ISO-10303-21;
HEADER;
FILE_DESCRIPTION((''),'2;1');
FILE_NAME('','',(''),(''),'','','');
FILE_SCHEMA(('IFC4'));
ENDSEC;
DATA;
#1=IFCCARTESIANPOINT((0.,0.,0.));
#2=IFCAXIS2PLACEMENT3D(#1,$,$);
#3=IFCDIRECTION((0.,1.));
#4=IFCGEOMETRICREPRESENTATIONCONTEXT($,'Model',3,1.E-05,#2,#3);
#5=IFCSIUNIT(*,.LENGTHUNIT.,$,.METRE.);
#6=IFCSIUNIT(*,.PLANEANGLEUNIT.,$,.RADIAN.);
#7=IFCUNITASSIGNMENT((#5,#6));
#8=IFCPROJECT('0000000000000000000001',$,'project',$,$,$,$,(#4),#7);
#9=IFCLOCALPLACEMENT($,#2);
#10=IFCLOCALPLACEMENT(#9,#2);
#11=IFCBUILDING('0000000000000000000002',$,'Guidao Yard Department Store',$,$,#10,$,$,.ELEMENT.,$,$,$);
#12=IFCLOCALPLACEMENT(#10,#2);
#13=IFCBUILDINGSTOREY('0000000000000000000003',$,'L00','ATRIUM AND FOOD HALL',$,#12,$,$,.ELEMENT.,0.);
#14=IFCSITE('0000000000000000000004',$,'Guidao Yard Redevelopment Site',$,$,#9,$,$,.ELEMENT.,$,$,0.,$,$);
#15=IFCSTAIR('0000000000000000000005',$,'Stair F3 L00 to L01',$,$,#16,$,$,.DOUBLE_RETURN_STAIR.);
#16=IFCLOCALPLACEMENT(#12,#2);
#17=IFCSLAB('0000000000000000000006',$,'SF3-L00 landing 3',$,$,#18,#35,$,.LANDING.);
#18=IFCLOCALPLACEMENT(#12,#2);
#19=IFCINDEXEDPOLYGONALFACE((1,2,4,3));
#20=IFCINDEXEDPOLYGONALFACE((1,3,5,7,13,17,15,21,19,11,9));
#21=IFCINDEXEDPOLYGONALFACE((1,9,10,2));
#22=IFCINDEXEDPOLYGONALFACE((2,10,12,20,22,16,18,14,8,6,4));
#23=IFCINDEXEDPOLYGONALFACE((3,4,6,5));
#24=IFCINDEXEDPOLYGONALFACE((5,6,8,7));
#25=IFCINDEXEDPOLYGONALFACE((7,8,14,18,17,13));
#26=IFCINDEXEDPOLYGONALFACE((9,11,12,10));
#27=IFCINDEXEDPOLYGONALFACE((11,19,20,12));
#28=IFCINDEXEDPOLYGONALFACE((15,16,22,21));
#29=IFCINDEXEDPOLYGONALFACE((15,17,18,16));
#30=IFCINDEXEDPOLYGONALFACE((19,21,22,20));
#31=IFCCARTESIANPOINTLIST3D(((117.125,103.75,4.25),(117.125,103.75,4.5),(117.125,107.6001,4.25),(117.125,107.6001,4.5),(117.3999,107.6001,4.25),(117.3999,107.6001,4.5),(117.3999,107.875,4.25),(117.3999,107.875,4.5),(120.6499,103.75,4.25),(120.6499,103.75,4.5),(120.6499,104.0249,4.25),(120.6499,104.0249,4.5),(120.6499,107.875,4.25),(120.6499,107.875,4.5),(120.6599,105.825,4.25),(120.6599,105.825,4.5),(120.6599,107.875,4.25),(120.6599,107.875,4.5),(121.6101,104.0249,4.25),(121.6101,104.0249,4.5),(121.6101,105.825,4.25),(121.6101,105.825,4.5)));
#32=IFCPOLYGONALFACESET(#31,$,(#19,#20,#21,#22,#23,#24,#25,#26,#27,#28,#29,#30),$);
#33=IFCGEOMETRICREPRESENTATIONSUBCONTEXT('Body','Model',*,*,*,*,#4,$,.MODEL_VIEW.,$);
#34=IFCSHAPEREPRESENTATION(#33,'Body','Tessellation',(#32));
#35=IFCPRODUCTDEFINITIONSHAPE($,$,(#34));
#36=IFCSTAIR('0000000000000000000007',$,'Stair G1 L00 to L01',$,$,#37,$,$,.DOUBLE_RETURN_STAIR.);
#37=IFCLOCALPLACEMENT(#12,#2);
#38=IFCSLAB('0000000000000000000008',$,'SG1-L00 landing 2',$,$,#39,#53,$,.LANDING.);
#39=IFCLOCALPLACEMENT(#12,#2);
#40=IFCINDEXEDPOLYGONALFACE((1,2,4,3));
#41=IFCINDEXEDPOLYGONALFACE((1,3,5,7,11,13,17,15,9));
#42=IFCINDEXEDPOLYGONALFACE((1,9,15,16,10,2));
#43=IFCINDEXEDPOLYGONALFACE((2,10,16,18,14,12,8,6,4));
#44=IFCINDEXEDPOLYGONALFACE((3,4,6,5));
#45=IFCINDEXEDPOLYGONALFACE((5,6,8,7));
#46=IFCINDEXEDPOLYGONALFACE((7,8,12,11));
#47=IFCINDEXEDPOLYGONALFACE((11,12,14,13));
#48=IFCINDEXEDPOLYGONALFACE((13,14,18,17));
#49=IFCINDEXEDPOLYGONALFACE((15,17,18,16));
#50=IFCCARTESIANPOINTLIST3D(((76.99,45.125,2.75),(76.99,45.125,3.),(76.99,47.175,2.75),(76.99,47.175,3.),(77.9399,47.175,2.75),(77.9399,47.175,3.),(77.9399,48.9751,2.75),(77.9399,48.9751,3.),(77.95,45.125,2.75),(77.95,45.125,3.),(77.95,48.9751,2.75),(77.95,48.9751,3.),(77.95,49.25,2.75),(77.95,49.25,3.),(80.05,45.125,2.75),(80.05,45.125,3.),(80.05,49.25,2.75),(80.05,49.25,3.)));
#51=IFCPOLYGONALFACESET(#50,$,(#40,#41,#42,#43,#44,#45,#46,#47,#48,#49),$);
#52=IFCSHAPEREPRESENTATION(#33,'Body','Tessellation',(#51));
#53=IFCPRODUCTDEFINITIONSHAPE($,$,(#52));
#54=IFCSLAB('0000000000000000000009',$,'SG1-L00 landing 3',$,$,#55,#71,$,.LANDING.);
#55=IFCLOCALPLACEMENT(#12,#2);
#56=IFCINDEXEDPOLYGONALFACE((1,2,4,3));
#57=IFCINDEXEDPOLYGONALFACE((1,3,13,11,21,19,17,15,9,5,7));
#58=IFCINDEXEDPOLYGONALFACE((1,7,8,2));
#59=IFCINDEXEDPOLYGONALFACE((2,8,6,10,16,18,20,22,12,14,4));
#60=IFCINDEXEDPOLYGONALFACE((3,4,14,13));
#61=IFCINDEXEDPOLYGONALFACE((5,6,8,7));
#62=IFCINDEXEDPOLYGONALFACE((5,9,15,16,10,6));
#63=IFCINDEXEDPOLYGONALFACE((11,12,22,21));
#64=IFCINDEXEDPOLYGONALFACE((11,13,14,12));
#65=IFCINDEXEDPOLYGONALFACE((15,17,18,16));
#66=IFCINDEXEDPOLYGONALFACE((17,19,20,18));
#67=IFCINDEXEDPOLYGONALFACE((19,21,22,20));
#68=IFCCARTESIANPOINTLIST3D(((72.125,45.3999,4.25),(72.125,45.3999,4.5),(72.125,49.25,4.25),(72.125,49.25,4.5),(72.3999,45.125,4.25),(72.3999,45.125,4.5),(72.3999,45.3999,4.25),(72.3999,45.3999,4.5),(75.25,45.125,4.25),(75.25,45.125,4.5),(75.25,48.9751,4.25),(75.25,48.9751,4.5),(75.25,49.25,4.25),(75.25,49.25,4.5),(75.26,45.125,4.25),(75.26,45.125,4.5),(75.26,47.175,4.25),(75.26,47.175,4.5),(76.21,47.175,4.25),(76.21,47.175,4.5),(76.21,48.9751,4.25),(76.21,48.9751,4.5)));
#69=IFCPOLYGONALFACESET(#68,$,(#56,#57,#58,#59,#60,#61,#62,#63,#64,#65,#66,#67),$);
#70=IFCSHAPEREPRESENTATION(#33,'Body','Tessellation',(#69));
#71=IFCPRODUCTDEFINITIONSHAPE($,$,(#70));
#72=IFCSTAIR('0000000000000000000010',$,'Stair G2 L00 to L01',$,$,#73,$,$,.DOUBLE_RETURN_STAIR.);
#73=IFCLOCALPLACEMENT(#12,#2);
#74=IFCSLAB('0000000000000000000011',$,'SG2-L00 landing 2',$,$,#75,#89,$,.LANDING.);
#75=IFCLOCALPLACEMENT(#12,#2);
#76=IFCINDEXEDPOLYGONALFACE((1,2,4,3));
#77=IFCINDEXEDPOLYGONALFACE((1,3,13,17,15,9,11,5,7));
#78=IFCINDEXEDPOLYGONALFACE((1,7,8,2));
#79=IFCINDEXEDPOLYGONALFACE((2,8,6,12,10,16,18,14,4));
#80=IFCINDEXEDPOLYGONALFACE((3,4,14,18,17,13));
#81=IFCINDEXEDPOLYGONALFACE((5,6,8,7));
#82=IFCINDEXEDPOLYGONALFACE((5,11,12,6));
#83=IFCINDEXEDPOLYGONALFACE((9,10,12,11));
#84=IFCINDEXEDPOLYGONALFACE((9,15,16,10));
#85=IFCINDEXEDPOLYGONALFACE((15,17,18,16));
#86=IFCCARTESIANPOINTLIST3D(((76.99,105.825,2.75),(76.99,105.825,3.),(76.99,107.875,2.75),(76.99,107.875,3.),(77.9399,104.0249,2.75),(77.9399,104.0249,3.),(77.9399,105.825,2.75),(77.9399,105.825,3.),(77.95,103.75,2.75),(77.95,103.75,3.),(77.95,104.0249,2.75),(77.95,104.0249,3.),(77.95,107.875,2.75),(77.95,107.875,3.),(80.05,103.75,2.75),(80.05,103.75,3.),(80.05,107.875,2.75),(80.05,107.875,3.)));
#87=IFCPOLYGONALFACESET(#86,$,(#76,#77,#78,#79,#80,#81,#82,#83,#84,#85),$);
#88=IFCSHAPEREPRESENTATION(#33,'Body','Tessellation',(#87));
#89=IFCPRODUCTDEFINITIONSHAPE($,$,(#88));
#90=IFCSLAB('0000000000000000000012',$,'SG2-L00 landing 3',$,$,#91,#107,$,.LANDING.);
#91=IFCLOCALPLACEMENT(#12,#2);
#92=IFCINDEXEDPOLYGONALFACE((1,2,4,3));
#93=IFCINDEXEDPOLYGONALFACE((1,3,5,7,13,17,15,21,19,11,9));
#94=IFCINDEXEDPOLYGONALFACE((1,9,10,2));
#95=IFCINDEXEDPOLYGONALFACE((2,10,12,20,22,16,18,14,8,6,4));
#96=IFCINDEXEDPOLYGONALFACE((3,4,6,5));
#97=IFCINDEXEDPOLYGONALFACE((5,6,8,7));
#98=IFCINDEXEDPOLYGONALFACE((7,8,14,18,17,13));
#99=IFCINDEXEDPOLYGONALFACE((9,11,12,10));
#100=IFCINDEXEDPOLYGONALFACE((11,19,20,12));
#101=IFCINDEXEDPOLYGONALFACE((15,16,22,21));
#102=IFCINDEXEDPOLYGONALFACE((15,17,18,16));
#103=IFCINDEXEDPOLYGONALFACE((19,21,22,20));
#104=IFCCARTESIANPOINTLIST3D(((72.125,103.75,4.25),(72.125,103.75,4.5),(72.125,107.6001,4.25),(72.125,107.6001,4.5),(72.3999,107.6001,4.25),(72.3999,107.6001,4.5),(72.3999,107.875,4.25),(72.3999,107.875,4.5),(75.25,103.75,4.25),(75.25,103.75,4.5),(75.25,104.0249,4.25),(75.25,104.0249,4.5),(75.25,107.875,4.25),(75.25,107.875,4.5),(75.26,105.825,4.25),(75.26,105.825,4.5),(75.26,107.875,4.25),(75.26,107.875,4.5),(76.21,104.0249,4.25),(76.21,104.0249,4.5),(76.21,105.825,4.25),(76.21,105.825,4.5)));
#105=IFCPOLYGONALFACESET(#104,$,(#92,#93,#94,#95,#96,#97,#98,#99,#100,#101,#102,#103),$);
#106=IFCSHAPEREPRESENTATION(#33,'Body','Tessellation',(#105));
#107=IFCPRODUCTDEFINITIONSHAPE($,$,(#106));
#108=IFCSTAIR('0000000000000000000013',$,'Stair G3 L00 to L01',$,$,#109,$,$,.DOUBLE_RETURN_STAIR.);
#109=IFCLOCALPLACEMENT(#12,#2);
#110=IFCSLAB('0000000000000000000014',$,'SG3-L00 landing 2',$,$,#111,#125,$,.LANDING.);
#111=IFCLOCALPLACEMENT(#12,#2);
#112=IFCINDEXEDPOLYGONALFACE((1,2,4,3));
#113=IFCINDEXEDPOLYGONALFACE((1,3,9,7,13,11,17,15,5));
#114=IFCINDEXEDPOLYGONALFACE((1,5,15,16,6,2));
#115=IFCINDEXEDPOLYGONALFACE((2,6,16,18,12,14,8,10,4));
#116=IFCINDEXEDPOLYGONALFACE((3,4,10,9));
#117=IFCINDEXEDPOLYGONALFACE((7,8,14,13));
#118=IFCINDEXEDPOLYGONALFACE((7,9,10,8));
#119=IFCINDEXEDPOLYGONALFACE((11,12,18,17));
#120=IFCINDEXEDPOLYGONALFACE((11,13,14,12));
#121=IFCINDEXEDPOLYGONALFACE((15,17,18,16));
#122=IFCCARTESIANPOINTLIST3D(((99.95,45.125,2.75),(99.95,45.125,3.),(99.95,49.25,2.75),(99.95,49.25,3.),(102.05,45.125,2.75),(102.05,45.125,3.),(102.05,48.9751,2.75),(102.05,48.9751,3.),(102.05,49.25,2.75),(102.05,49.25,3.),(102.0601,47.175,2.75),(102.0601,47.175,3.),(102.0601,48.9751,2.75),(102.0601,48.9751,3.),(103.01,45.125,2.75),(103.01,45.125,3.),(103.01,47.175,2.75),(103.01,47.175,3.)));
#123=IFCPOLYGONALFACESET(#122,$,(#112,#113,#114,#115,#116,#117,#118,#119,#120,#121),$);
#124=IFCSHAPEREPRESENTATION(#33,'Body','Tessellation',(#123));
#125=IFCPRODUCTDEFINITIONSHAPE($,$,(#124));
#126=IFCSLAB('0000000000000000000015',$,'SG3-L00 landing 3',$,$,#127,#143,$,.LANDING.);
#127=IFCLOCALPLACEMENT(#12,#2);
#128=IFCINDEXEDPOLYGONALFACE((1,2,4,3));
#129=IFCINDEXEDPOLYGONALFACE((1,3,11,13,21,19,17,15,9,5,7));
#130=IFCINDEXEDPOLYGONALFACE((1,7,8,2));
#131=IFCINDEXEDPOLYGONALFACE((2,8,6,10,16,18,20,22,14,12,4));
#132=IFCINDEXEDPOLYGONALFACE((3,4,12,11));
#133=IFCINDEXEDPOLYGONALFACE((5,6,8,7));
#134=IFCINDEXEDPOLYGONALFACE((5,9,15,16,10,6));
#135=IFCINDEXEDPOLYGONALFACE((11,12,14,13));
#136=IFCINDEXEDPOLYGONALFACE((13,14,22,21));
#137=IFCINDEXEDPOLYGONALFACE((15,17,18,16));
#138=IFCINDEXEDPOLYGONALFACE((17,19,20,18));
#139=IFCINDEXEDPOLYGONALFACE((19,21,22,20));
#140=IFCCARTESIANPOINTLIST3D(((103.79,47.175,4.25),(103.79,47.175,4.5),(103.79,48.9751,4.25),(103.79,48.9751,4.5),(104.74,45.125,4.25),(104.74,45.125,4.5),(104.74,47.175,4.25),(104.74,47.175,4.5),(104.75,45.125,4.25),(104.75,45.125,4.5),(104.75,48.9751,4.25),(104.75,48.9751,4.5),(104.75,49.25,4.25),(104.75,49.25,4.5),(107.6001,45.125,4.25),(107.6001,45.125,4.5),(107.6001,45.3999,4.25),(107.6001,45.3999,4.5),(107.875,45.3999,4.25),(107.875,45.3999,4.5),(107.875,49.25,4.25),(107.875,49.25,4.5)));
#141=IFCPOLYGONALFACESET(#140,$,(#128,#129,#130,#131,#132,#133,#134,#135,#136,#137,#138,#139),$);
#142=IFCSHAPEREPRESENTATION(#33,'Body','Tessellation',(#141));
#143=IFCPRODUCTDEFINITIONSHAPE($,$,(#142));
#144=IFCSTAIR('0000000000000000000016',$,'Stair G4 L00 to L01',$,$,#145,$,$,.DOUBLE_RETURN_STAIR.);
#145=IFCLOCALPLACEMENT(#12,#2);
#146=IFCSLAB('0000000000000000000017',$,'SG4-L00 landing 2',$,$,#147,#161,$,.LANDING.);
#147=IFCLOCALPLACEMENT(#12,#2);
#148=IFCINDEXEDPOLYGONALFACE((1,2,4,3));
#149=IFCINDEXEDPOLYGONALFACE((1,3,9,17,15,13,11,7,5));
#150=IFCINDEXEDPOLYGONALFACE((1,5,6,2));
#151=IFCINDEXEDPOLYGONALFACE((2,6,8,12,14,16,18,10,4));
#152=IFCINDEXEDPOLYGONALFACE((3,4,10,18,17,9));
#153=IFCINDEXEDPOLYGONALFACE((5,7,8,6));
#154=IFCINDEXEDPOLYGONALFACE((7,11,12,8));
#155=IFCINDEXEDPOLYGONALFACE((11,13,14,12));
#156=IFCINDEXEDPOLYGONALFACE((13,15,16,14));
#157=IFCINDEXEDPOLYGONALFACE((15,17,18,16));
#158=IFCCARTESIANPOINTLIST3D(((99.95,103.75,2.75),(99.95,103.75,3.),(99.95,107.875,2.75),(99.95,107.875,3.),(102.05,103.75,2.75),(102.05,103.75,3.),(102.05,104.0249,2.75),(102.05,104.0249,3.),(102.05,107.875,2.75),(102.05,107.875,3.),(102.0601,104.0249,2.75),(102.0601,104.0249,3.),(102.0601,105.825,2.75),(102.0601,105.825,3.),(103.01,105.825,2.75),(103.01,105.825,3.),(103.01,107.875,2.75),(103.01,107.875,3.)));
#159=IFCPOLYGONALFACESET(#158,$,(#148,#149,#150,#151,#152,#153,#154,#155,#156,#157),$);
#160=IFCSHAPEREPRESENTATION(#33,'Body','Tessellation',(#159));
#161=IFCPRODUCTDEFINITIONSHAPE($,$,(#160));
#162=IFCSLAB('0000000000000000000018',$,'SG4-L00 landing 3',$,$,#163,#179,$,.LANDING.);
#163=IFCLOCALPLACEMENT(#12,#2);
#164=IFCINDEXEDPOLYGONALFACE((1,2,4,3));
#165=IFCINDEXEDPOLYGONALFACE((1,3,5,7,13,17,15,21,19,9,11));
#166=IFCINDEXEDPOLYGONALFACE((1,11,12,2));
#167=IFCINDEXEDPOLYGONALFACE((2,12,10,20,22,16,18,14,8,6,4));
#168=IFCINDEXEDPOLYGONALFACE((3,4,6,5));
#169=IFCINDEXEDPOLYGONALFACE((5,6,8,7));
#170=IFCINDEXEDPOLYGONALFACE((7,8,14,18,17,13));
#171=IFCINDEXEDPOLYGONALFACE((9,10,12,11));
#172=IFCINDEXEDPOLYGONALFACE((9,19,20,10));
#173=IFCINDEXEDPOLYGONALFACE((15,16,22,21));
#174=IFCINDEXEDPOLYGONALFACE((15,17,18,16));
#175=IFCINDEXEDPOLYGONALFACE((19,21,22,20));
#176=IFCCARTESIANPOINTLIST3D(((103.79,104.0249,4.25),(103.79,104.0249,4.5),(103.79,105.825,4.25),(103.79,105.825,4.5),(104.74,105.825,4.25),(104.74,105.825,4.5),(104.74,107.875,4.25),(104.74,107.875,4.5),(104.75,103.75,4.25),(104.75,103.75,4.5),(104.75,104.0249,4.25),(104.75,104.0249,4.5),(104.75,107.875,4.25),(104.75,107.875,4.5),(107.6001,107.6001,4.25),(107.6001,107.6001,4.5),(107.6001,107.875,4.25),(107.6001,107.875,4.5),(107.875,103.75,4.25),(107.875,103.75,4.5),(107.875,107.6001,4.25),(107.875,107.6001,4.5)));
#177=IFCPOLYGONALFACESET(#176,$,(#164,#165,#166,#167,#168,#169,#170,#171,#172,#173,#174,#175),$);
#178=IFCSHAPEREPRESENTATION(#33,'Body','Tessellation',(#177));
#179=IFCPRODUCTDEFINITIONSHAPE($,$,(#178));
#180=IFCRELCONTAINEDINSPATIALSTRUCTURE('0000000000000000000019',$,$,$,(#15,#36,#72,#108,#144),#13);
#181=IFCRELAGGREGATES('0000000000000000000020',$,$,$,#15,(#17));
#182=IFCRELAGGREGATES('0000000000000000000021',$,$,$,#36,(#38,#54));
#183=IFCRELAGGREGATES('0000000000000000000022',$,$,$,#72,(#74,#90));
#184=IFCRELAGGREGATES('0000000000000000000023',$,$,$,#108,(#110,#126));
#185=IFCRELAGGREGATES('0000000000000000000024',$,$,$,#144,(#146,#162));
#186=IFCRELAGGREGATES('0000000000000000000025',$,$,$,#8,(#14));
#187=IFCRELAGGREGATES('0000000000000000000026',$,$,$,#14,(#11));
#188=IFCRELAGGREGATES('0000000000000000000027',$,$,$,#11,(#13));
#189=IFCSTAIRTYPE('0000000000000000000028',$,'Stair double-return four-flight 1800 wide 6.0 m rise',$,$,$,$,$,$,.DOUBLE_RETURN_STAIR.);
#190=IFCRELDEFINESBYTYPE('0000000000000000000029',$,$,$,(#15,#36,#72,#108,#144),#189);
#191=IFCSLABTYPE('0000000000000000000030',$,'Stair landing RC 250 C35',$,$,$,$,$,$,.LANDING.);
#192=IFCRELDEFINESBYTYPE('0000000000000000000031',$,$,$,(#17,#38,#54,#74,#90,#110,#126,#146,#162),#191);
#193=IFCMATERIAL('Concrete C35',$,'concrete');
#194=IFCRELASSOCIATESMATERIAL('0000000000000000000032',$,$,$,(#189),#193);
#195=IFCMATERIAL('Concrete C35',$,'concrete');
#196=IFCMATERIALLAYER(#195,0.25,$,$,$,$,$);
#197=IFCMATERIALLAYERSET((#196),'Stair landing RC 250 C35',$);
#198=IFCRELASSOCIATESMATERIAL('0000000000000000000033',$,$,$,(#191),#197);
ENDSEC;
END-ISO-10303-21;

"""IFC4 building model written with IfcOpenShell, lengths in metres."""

from ifc_helpers import new_model, si_unit, direction, frame, origin, place, context, subcontext, project, spatial, polyline, outline, extrude, material, layer, layer_set, type_object, element, aggregate, save


model = new_model("IFC4")

# Units and contexts
model_context = context("Model", 3, precision=1e-05, world=origin(), true_north=direction((0.0, 1.0)))
body_context = subcontext(model_context, "Body", "Model", "MODEL_VIEW")
ifc_project = project(units=[si_unit("LENGTHUNIT", "METRE"), si_unit("PLANEANGLEUNIT", "RADIAN")], contexts=[model_context])

# Site, building, storey
site_placement = place(None, origin())
site = spatial("IfcSite", under=ifc_project, at=site_placement, Name="Guidao Yard Redevelopment Site", CompositionType="ELEMENT", RefElevation=0.0)
building_placement = place(site_placement, origin())
building = spatial("IfcBuilding", under=site, at=building_placement, Name="Guidao Yard Department Store", CompositionType="ELEMENT")
storey_placement = place(building_placement, origin())
storey = spatial("IfcBuildingStorey", under=building, at=storey_placement, Name="L00", Description="ATRIUM AND FOOD HALL", CompositionType="ELEMENT", Elevation=0.0)

# Shared definitions
ifc_material_1 = material(Name="Concrete C35", Category="concrete")
stair_type_1 = type_object("IfcStairType", Name="Stair double-return four-flight 1800 wide 6.0 m rise", PredefinedType="DOUBLE_RETURN_STAIR", material=ifc_material_1)
ifc_material_2 = material(Name="Concrete C35", Category="concrete")
ifc_layer = layer(ifc_material_2, 0.25)
ifc_layer_set = layer_set([ifc_layer], Name="Stair landing RC 250 C35")
slab_type = type_object("IfcSlabType", Name="Stair landing RC 250 C35", PredefinedType="LANDING", material=ifc_layer_set)

# Stairs, slabs
stair_1_placement = place(storey_placement, origin())
stair_1 = element("IfcStair", 1, at=stair_1_placement, inside=storey, type_object=stair_type_1, Name="Stair F3 L00 to L01", PredefinedType="DOUBLE_RETURN_STAIR")
slab_1_placement = place(storey_placement, frame((0.0, 0.0, 4.25)))
slab_1 = element("IfcSlab", 2, at=slab_1_placement, type_object=slab_type, Name="SF3-L00 landing 3", PredefinedType="LANDING", context=body_context, shape_type="SweptSolid", body=[
    extrude(outline(polyline([(120.6499, 104.0249), (120.6499, 103.75), (117.125, 103.75), (117.125, 107.6001), (117.3999, 107.6001), (117.3999, 107.875), (120.6499, 107.875), (120.6599, 107.875), (120.6599, 105.825), (121.6101, 105.825), (121.6101, 104.0249), (120.6499, 104.0249)])), origin(), (0.0, 0.0, 1.0), 0.25),
])
aggregate(stair_1, [slab_1])
stair_2_placement = place(storey_placement, origin())
stair_2 = element("IfcStair", 3, at=stair_2_placement, inside=storey, type_object=stair_type_1, Name="Stair G1 L00 to L01", PredefinedType="DOUBLE_RETURN_STAIR")
slab_2_placement = place(storey_placement, frame((0.0, 0.0, 2.75)))
slab_2 = element("IfcSlab", 4, at=slab_2_placement, type_object=slab_type, Name="SG1-L00 landing 2", PredefinedType="LANDING", context=body_context, shape_type="SweptSolid", body=[
    extrude(outline(polyline([(76.99, 47.175), (77.9399, 47.175), (77.9399, 48.9751), (77.95, 48.9751), (77.95, 49.25), (80.05, 49.25), (80.05, 45.125), (77.95, 45.125), (76.99, 45.125), (76.99, 47.175)])), origin(), (0.0, 0.0, 1.0), 0.25),
])
slab_3_placement = place(storey_placement, frame((0.0, 0.0, 4.25)))
slab_3 = element("IfcSlab", 5, at=slab_3_placement, type_object=slab_type, Name="SG1-L00 landing 3", PredefinedType="LANDING", context=body_context, shape_type="SweptSolid", body=[
    extrude(outline(polyline([(75.25, 45.125), (72.3999, 45.125), (72.3999, 45.3999), (72.125, 45.3999), (72.125, 49.25), (75.25, 49.25), (75.25, 48.9751), (76.21, 48.9751), (76.21, 47.175), (75.26, 47.175), (75.26, 45.125), (75.25, 45.125)])), origin(), (0.0, 0.0, 1.0), 0.25),
])
aggregate(stair_2, [slab_2, slab_3])
stair_3_placement = place(storey_placement, origin())
stair_3 = element("IfcStair", 6, at=stair_3_placement, inside=storey, type_object=stair_type_1, Name="Stair G2 L00 to L01", PredefinedType="DOUBLE_RETURN_STAIR")
slab_4_placement = place(storey_placement, frame((0.0, 0.0, 2.75)))
slab_4 = element("IfcSlab", 7, at=slab_4_placement, type_object=slab_type, Name="SG2-L00 landing 2", PredefinedType="LANDING", context=body_context, shape_type="SweptSolid", body=[
    extrude(outline(polyline([(77.9399, 105.825), (76.99, 105.825), (76.99, 107.875), (77.95, 107.875), (80.05, 107.875), (80.05, 103.75), (77.95, 103.75), (77.95, 104.0249), (77.9399, 104.0249), (77.9399, 105.825)])), origin(), (0.0, 0.0, 1.0), 0.25),
])
slab_5_placement = place(storey_placement, frame((0.0, 0.0, 4.25)))
slab_5 = element("IfcSlab", 8, at=slab_5_placement, type_object=slab_type, Name="SG2-L00 landing 3", PredefinedType="LANDING", context=body_context, shape_type="SweptSolid", body=[
    extrude(outline(polyline([(76.21, 104.0249), (75.25, 104.0249), (75.25, 103.75), (72.125, 103.75), (72.125, 107.6001), (72.3999, 107.6001), (72.3999, 107.875), (75.25, 107.875), (75.26, 107.875), (75.26, 105.825), (76.21, 105.825), (76.21, 104.0249)])), origin(), (0.0, 0.0, 1.0), 0.25),
])
aggregate(stair_3, [slab_4, slab_5])
stair_4_placement = place(storey_placement, origin())
stair_4 = element("IfcStair", 9, at=stair_4_placement, inside=storey, type_object=stair_type_1, Name="Stair G3 L00 to L01", PredefinedType="DOUBLE_RETURN_STAIR")
slab_6_placement = place(storey_placement, frame((0.0, 0.0, 2.75)))
slab_6 = element("IfcSlab", 10, at=slab_6_placement, type_object=slab_type, Name="SG3-L00 landing 2", PredefinedType="LANDING", context=body_context, shape_type="SweptSolid", body=[
    extrude(outline(polyline([(103.01, 45.125), (102.05, 45.125), (99.95, 45.125), (99.95, 49.25), (102.05, 49.25), (102.05, 48.9751), (102.0601, 48.9751), (102.0601, 47.175), (103.01, 47.175), (103.01, 45.125)])), origin(), (0.0, 0.0, 1.0), 0.25),
])
slab_7_placement = place(storey_placement, frame((0.0, 0.0, 4.25)))
slab_7 = element("IfcSlab", 11, at=slab_7_placement, type_object=slab_type, Name="SG3-L00 landing 3", PredefinedType="LANDING", context=body_context, shape_type="SweptSolid", body=[
    extrude(outline(polyline([(104.74, 47.175), (103.79, 47.175), (103.79, 48.9751), (104.75, 48.9751), (104.75, 49.25), (107.875, 49.25), (107.875, 45.3999), (107.6001, 45.3999), (107.6001, 45.125), (104.75, 45.125), (104.74, 45.125), (104.74, 47.175)])), origin(), (0.0, 0.0, 1.0), 0.25),
])
aggregate(stair_4, [slab_6, slab_7])
stair_5_placement = place(storey_placement, origin())
stair_5 = element("IfcStair", 12, at=stair_5_placement, inside=storey, type_object=stair_type_1, Name="Stair G4 L00 to L01", PredefinedType="DOUBLE_RETURN_STAIR")
slab_8_placement = place(storey_placement, frame((0.0, 0.0, 2.75)))
slab_8 = element("IfcSlab", 13, at=slab_8_placement, type_object=slab_type, Name="SG4-L00 landing 2", PredefinedType="LANDING", context=body_context, shape_type="SweptSolid", body=[
    extrude(outline(polyline([(102.05, 104.0249), (102.05, 103.75), (99.95, 103.75), (99.95, 107.875), (102.05, 107.875), (103.01, 107.875), (103.01, 105.825), (102.0601, 105.825), (102.0601, 104.0249), (102.05, 104.0249)])), origin(), (0.0, 0.0, 1.0), 0.25),
])
slab_9_placement = place(storey_placement, frame((0.0, 0.0, 4.25)))
slab_9 = element("IfcSlab", 14, at=slab_9_placement, type_object=slab_type, Name="SG4-L00 landing 3", PredefinedType="LANDING", context=body_context, shape_type="SweptSolid", body=[
    extrude(outline(polyline([(103.79, 105.825), (104.74, 105.825), (104.74, 107.875), (104.75, 107.875), (107.6001, 107.875), (107.6001, 107.6001), (107.875, 107.6001), (107.875, 103.75), (104.75, 103.75), (104.75, 104.0249), (103.79, 104.0249), (103.79, 105.825)])), origin(), (0.0, 0.0, 1.0), 0.25),
])
aggregate(stair_5, [slab_8, slab_9])

save(model, "model.ifc")
